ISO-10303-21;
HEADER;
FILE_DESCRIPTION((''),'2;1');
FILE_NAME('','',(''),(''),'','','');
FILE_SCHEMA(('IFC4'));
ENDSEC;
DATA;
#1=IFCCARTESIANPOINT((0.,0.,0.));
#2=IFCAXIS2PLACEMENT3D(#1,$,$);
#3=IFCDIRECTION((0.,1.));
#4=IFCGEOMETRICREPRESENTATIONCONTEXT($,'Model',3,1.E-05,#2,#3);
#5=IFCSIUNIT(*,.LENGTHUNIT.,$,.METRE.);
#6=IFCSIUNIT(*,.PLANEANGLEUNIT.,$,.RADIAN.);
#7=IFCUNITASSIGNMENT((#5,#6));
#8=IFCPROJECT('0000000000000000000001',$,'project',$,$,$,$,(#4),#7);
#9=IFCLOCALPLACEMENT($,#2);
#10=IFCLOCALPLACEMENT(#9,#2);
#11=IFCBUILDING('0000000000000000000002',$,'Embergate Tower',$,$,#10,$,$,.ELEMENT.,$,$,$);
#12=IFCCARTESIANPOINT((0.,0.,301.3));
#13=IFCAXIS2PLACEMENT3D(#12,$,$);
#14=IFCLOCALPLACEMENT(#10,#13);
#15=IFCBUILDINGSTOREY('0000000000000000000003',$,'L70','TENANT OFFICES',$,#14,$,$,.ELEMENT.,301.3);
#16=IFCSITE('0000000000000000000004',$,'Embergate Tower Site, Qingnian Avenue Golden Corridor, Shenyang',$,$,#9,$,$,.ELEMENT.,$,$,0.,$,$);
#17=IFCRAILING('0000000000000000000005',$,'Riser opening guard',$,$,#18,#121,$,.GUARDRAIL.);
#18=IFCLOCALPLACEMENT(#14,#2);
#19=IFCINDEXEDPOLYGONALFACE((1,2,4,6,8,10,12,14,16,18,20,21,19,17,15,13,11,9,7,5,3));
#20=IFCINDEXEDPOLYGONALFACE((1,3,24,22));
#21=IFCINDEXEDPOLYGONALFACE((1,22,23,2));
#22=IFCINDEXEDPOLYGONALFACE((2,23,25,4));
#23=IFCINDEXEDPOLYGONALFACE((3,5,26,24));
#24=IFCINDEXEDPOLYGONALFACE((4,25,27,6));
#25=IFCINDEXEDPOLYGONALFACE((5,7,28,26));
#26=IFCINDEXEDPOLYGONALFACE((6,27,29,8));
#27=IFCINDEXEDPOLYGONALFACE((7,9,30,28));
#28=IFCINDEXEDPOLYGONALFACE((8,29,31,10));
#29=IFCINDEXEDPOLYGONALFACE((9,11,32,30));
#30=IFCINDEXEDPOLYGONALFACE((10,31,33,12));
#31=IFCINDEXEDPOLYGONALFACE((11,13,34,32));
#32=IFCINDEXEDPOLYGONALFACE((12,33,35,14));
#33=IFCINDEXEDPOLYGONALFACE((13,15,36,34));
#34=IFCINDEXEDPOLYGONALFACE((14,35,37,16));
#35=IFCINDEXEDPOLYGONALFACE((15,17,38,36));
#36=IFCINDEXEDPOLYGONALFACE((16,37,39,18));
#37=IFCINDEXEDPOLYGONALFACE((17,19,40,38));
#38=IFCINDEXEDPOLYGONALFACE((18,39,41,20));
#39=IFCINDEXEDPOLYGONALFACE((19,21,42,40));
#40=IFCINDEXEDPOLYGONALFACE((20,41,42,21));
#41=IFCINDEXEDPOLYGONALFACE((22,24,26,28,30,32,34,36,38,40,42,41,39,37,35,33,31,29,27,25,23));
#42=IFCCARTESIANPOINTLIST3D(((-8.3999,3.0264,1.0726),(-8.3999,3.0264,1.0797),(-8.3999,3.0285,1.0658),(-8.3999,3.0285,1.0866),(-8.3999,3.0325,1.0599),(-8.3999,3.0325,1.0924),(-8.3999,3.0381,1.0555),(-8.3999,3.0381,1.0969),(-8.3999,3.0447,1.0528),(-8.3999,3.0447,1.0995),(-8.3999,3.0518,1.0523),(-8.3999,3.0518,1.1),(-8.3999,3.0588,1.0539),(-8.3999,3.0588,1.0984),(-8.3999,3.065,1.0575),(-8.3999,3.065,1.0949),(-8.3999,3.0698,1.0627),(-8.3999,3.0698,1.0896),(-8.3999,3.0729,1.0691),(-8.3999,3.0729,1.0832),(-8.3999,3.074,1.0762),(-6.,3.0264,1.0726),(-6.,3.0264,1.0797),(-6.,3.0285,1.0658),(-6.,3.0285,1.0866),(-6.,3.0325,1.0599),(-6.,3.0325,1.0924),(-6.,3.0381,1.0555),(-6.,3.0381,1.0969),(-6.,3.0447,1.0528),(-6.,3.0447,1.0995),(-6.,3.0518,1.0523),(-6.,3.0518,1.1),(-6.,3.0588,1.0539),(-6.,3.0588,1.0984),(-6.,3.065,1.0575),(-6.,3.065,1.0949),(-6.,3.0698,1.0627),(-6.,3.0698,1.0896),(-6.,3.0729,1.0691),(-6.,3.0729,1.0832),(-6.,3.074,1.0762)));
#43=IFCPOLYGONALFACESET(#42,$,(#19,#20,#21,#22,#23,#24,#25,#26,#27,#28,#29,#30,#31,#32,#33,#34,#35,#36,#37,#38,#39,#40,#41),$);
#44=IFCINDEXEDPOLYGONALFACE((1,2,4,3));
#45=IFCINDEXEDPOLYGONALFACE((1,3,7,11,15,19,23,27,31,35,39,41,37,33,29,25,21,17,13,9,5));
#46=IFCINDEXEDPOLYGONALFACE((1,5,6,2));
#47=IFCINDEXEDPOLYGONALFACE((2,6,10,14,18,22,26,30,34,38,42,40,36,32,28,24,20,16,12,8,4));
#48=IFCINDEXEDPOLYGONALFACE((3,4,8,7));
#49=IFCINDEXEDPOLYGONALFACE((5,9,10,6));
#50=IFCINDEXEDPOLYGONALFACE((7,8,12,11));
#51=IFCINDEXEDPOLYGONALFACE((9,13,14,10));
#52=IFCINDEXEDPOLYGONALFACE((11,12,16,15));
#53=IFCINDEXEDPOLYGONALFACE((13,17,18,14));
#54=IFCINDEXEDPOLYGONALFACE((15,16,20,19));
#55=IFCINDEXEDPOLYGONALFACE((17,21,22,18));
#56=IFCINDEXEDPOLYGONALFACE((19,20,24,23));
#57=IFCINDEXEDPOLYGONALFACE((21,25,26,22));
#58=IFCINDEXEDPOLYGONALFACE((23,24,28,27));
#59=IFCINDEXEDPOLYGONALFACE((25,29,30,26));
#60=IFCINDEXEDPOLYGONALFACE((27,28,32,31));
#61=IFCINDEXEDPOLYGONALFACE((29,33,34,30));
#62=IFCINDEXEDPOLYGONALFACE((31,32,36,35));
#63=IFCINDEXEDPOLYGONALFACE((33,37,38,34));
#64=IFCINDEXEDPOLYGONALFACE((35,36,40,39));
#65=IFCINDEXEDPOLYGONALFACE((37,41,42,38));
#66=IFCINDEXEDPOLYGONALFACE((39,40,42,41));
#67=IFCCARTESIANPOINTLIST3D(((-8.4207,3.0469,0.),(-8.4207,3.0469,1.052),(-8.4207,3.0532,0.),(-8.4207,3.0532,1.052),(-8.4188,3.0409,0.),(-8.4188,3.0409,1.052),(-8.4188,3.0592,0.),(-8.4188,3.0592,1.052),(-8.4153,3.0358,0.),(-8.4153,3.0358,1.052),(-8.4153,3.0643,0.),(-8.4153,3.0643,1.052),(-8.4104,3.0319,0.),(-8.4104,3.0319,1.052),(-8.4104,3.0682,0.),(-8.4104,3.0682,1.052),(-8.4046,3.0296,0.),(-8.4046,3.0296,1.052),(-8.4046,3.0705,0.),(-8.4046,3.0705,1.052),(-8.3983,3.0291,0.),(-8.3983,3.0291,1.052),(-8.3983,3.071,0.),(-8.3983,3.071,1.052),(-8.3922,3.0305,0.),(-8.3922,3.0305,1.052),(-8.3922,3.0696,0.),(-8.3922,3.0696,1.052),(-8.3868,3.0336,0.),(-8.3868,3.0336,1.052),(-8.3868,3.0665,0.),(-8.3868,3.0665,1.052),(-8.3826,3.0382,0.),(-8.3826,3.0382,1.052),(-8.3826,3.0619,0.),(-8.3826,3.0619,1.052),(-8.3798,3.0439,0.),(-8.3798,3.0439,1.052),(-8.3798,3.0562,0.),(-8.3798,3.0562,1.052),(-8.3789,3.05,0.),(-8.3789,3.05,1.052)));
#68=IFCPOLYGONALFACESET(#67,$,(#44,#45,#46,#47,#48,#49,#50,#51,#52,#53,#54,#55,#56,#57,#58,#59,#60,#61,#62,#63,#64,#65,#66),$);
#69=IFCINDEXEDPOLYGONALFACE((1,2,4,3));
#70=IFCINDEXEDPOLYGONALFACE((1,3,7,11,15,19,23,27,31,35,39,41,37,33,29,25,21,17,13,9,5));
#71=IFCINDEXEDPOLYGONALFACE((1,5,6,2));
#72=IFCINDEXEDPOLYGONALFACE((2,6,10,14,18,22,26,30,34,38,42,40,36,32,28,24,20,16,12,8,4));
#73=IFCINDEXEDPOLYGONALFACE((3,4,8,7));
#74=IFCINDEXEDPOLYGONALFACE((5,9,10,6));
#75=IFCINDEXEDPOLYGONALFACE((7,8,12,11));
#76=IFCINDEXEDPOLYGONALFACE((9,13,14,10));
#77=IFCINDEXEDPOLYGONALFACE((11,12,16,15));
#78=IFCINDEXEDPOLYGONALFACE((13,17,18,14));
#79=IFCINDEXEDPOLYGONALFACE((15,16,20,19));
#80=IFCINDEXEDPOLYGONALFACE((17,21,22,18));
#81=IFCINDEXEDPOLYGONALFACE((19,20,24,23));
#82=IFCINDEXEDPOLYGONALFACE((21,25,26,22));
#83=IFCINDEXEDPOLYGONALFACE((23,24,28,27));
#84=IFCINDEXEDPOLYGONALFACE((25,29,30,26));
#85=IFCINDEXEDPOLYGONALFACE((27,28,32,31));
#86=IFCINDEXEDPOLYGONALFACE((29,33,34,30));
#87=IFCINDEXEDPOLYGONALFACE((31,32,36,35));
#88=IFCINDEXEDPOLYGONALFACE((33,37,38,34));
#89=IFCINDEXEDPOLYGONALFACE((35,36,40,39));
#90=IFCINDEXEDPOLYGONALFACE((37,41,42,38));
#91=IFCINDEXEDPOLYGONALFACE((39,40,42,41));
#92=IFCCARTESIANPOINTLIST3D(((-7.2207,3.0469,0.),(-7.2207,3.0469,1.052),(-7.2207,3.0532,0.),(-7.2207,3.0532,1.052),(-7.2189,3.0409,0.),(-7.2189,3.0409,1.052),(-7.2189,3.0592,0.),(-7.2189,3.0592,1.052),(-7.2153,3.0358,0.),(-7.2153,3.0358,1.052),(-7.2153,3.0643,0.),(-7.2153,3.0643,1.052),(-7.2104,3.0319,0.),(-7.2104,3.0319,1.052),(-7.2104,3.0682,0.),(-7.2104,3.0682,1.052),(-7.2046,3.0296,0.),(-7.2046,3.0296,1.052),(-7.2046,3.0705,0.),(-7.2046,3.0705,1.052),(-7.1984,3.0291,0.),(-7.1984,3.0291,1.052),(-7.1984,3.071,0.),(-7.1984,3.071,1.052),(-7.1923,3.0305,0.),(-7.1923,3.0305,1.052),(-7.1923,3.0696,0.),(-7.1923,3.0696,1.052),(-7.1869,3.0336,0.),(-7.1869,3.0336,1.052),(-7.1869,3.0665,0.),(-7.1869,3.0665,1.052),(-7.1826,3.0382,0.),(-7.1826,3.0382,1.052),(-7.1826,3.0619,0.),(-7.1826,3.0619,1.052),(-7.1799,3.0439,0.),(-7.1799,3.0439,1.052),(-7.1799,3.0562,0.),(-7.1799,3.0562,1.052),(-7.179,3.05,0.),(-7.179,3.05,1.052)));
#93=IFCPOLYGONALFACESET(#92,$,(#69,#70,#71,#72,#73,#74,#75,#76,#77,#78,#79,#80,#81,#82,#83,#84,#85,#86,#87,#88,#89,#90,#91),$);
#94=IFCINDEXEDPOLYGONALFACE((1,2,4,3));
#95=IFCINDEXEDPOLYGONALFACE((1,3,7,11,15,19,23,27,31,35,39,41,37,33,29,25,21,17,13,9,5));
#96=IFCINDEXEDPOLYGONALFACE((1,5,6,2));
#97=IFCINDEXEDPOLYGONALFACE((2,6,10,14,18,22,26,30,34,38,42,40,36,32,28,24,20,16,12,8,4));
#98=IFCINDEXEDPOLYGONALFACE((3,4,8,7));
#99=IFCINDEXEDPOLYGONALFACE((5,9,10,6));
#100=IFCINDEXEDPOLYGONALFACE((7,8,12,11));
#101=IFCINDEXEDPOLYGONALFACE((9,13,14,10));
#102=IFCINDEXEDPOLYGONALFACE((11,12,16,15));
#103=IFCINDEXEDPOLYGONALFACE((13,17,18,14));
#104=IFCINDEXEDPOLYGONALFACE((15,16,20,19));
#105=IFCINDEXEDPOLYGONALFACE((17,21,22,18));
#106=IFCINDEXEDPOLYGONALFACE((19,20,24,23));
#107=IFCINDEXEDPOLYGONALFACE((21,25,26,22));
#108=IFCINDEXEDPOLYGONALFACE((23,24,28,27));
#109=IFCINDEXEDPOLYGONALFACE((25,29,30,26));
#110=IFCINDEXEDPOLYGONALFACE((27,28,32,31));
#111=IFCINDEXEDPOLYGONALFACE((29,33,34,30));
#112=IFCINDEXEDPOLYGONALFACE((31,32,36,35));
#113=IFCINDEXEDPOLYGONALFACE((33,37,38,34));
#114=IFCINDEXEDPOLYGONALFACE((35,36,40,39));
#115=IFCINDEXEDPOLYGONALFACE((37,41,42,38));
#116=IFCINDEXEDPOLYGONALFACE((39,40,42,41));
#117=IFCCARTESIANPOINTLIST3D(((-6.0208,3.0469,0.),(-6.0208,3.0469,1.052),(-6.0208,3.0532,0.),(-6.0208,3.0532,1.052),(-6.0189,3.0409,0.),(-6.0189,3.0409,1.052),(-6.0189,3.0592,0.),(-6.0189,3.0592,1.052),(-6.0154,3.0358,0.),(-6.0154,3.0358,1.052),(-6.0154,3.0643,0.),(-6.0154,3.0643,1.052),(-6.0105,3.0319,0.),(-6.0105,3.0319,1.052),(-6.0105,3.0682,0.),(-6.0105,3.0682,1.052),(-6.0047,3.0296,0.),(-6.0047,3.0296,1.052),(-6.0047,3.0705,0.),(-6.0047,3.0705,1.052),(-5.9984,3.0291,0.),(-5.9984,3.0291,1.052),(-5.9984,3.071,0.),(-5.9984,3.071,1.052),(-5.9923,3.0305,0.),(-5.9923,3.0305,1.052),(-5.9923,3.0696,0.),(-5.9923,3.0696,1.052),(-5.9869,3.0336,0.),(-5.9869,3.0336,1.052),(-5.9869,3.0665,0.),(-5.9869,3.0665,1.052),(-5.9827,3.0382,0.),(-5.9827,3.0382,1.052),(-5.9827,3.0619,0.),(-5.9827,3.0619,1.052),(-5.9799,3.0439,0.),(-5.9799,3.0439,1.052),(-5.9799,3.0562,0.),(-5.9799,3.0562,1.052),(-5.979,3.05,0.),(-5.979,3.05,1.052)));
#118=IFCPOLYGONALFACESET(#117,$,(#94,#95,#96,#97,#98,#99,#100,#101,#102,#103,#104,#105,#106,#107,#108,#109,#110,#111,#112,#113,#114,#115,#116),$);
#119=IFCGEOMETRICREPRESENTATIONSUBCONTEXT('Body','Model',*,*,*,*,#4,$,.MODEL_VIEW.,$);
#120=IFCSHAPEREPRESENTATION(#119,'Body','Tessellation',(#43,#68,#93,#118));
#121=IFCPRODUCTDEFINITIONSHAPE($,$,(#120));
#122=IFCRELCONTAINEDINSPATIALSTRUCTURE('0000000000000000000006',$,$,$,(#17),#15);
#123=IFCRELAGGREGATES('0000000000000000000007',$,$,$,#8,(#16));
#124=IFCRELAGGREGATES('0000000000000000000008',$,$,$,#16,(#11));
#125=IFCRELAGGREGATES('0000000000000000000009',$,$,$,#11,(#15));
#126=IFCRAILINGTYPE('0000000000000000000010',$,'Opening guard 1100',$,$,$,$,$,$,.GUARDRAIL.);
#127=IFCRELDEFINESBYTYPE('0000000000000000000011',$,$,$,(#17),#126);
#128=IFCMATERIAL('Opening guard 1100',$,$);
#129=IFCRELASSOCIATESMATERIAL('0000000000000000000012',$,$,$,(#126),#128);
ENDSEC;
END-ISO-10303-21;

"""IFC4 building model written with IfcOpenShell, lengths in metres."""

from ifc_helpers import new_model, si_unit, direction, frame, origin, origin_2d, place, context, subcontext, project, spatial, circle, extrude, source, transform, mapped, material, type_object, element, save


model = new_model("IFC4")

# Units and contexts
model_context = context("Model", 3, precision=1e-05, world=origin(), true_north=direction((0.0, 1.0)))
body_context = subcontext(model_context, "Body", "Model", "MODEL_VIEW")
ifc_project = project(units=[si_unit("LENGTHUNIT", "METRE"), si_unit("PLANEANGLEUNIT", "RADIAN")], contexts=[model_context])

# Site, building, storey
site_placement = place(None, origin())
site = spatial("IfcSite", under=ifc_project, at=site_placement, Name="Embergate Tower Site, Qingnian Avenue Golden Corridor, Shenyang", CompositionType="ELEMENT", RefElevation=0.0)
building_placement = place(site_placement, origin())
building = spatial("IfcBuilding", under=site, at=building_placement, Name="Embergate Tower", CompositionType="ELEMENT")
storey_placement = place(building_placement, frame((0.0, 0.0, 301.3)))
storey = spatial("IfcBuildingStorey", under=building, at=storey_placement, Name="L70", Description="TENANT OFFICES", CompositionType="ELEMENT", Elevation=301.3)

# Railing
ifc_material_1 = material(Name="Opening guard 1100")
railing_type = type_object("IfcRailingType", Name="Opening guard 1100", PredefinedType="GUARDRAIL", material=ifc_material_1)
shared_shape_1 = source(origin(), body_context, "Body", "SweptSolid", [
    extrude(circle(Radius=0.0239, at=origin_2d()), frame((0.0, 0.0, 1.0762), z_axis=(1.0, 0.0, 0.0), x_axis=(0.0, 1.0, 0.0)), (0.0, 0.0, 1.0), 2.3999),
    extrude(circle(Radius=0.021, at=origin_2d()), origin(), (0.0, 0.0, 1.0), 1.052),
    extrude(circle(Radius=0.021, at=origin_2d()), frame((1.2, 0.0, 0.0)), (0.0, 0.0, 1.0), 1.052),
    extrude(circle(Radius=0.021, at=origin_2d()), frame((2.3999, 0.0, 0.0)), (0.0, 0.0, 1.0), 1.052),
])
railing_1_placement = place(storey_placement, frame((-8.3999, 3.05, 0.0)))
element("IfcRailing", 1, at=railing_1_placement, inside=storey, type_object=railing_type, Name="Riser opening guard", PredefinedType="GUARDRAIL", context=body_context, shape_type="MappedRepresentation", body=[
    mapped(shared_shape_1, transform((0.0, 0.0, 0.0))),
])

save(model, "model.ifc")
